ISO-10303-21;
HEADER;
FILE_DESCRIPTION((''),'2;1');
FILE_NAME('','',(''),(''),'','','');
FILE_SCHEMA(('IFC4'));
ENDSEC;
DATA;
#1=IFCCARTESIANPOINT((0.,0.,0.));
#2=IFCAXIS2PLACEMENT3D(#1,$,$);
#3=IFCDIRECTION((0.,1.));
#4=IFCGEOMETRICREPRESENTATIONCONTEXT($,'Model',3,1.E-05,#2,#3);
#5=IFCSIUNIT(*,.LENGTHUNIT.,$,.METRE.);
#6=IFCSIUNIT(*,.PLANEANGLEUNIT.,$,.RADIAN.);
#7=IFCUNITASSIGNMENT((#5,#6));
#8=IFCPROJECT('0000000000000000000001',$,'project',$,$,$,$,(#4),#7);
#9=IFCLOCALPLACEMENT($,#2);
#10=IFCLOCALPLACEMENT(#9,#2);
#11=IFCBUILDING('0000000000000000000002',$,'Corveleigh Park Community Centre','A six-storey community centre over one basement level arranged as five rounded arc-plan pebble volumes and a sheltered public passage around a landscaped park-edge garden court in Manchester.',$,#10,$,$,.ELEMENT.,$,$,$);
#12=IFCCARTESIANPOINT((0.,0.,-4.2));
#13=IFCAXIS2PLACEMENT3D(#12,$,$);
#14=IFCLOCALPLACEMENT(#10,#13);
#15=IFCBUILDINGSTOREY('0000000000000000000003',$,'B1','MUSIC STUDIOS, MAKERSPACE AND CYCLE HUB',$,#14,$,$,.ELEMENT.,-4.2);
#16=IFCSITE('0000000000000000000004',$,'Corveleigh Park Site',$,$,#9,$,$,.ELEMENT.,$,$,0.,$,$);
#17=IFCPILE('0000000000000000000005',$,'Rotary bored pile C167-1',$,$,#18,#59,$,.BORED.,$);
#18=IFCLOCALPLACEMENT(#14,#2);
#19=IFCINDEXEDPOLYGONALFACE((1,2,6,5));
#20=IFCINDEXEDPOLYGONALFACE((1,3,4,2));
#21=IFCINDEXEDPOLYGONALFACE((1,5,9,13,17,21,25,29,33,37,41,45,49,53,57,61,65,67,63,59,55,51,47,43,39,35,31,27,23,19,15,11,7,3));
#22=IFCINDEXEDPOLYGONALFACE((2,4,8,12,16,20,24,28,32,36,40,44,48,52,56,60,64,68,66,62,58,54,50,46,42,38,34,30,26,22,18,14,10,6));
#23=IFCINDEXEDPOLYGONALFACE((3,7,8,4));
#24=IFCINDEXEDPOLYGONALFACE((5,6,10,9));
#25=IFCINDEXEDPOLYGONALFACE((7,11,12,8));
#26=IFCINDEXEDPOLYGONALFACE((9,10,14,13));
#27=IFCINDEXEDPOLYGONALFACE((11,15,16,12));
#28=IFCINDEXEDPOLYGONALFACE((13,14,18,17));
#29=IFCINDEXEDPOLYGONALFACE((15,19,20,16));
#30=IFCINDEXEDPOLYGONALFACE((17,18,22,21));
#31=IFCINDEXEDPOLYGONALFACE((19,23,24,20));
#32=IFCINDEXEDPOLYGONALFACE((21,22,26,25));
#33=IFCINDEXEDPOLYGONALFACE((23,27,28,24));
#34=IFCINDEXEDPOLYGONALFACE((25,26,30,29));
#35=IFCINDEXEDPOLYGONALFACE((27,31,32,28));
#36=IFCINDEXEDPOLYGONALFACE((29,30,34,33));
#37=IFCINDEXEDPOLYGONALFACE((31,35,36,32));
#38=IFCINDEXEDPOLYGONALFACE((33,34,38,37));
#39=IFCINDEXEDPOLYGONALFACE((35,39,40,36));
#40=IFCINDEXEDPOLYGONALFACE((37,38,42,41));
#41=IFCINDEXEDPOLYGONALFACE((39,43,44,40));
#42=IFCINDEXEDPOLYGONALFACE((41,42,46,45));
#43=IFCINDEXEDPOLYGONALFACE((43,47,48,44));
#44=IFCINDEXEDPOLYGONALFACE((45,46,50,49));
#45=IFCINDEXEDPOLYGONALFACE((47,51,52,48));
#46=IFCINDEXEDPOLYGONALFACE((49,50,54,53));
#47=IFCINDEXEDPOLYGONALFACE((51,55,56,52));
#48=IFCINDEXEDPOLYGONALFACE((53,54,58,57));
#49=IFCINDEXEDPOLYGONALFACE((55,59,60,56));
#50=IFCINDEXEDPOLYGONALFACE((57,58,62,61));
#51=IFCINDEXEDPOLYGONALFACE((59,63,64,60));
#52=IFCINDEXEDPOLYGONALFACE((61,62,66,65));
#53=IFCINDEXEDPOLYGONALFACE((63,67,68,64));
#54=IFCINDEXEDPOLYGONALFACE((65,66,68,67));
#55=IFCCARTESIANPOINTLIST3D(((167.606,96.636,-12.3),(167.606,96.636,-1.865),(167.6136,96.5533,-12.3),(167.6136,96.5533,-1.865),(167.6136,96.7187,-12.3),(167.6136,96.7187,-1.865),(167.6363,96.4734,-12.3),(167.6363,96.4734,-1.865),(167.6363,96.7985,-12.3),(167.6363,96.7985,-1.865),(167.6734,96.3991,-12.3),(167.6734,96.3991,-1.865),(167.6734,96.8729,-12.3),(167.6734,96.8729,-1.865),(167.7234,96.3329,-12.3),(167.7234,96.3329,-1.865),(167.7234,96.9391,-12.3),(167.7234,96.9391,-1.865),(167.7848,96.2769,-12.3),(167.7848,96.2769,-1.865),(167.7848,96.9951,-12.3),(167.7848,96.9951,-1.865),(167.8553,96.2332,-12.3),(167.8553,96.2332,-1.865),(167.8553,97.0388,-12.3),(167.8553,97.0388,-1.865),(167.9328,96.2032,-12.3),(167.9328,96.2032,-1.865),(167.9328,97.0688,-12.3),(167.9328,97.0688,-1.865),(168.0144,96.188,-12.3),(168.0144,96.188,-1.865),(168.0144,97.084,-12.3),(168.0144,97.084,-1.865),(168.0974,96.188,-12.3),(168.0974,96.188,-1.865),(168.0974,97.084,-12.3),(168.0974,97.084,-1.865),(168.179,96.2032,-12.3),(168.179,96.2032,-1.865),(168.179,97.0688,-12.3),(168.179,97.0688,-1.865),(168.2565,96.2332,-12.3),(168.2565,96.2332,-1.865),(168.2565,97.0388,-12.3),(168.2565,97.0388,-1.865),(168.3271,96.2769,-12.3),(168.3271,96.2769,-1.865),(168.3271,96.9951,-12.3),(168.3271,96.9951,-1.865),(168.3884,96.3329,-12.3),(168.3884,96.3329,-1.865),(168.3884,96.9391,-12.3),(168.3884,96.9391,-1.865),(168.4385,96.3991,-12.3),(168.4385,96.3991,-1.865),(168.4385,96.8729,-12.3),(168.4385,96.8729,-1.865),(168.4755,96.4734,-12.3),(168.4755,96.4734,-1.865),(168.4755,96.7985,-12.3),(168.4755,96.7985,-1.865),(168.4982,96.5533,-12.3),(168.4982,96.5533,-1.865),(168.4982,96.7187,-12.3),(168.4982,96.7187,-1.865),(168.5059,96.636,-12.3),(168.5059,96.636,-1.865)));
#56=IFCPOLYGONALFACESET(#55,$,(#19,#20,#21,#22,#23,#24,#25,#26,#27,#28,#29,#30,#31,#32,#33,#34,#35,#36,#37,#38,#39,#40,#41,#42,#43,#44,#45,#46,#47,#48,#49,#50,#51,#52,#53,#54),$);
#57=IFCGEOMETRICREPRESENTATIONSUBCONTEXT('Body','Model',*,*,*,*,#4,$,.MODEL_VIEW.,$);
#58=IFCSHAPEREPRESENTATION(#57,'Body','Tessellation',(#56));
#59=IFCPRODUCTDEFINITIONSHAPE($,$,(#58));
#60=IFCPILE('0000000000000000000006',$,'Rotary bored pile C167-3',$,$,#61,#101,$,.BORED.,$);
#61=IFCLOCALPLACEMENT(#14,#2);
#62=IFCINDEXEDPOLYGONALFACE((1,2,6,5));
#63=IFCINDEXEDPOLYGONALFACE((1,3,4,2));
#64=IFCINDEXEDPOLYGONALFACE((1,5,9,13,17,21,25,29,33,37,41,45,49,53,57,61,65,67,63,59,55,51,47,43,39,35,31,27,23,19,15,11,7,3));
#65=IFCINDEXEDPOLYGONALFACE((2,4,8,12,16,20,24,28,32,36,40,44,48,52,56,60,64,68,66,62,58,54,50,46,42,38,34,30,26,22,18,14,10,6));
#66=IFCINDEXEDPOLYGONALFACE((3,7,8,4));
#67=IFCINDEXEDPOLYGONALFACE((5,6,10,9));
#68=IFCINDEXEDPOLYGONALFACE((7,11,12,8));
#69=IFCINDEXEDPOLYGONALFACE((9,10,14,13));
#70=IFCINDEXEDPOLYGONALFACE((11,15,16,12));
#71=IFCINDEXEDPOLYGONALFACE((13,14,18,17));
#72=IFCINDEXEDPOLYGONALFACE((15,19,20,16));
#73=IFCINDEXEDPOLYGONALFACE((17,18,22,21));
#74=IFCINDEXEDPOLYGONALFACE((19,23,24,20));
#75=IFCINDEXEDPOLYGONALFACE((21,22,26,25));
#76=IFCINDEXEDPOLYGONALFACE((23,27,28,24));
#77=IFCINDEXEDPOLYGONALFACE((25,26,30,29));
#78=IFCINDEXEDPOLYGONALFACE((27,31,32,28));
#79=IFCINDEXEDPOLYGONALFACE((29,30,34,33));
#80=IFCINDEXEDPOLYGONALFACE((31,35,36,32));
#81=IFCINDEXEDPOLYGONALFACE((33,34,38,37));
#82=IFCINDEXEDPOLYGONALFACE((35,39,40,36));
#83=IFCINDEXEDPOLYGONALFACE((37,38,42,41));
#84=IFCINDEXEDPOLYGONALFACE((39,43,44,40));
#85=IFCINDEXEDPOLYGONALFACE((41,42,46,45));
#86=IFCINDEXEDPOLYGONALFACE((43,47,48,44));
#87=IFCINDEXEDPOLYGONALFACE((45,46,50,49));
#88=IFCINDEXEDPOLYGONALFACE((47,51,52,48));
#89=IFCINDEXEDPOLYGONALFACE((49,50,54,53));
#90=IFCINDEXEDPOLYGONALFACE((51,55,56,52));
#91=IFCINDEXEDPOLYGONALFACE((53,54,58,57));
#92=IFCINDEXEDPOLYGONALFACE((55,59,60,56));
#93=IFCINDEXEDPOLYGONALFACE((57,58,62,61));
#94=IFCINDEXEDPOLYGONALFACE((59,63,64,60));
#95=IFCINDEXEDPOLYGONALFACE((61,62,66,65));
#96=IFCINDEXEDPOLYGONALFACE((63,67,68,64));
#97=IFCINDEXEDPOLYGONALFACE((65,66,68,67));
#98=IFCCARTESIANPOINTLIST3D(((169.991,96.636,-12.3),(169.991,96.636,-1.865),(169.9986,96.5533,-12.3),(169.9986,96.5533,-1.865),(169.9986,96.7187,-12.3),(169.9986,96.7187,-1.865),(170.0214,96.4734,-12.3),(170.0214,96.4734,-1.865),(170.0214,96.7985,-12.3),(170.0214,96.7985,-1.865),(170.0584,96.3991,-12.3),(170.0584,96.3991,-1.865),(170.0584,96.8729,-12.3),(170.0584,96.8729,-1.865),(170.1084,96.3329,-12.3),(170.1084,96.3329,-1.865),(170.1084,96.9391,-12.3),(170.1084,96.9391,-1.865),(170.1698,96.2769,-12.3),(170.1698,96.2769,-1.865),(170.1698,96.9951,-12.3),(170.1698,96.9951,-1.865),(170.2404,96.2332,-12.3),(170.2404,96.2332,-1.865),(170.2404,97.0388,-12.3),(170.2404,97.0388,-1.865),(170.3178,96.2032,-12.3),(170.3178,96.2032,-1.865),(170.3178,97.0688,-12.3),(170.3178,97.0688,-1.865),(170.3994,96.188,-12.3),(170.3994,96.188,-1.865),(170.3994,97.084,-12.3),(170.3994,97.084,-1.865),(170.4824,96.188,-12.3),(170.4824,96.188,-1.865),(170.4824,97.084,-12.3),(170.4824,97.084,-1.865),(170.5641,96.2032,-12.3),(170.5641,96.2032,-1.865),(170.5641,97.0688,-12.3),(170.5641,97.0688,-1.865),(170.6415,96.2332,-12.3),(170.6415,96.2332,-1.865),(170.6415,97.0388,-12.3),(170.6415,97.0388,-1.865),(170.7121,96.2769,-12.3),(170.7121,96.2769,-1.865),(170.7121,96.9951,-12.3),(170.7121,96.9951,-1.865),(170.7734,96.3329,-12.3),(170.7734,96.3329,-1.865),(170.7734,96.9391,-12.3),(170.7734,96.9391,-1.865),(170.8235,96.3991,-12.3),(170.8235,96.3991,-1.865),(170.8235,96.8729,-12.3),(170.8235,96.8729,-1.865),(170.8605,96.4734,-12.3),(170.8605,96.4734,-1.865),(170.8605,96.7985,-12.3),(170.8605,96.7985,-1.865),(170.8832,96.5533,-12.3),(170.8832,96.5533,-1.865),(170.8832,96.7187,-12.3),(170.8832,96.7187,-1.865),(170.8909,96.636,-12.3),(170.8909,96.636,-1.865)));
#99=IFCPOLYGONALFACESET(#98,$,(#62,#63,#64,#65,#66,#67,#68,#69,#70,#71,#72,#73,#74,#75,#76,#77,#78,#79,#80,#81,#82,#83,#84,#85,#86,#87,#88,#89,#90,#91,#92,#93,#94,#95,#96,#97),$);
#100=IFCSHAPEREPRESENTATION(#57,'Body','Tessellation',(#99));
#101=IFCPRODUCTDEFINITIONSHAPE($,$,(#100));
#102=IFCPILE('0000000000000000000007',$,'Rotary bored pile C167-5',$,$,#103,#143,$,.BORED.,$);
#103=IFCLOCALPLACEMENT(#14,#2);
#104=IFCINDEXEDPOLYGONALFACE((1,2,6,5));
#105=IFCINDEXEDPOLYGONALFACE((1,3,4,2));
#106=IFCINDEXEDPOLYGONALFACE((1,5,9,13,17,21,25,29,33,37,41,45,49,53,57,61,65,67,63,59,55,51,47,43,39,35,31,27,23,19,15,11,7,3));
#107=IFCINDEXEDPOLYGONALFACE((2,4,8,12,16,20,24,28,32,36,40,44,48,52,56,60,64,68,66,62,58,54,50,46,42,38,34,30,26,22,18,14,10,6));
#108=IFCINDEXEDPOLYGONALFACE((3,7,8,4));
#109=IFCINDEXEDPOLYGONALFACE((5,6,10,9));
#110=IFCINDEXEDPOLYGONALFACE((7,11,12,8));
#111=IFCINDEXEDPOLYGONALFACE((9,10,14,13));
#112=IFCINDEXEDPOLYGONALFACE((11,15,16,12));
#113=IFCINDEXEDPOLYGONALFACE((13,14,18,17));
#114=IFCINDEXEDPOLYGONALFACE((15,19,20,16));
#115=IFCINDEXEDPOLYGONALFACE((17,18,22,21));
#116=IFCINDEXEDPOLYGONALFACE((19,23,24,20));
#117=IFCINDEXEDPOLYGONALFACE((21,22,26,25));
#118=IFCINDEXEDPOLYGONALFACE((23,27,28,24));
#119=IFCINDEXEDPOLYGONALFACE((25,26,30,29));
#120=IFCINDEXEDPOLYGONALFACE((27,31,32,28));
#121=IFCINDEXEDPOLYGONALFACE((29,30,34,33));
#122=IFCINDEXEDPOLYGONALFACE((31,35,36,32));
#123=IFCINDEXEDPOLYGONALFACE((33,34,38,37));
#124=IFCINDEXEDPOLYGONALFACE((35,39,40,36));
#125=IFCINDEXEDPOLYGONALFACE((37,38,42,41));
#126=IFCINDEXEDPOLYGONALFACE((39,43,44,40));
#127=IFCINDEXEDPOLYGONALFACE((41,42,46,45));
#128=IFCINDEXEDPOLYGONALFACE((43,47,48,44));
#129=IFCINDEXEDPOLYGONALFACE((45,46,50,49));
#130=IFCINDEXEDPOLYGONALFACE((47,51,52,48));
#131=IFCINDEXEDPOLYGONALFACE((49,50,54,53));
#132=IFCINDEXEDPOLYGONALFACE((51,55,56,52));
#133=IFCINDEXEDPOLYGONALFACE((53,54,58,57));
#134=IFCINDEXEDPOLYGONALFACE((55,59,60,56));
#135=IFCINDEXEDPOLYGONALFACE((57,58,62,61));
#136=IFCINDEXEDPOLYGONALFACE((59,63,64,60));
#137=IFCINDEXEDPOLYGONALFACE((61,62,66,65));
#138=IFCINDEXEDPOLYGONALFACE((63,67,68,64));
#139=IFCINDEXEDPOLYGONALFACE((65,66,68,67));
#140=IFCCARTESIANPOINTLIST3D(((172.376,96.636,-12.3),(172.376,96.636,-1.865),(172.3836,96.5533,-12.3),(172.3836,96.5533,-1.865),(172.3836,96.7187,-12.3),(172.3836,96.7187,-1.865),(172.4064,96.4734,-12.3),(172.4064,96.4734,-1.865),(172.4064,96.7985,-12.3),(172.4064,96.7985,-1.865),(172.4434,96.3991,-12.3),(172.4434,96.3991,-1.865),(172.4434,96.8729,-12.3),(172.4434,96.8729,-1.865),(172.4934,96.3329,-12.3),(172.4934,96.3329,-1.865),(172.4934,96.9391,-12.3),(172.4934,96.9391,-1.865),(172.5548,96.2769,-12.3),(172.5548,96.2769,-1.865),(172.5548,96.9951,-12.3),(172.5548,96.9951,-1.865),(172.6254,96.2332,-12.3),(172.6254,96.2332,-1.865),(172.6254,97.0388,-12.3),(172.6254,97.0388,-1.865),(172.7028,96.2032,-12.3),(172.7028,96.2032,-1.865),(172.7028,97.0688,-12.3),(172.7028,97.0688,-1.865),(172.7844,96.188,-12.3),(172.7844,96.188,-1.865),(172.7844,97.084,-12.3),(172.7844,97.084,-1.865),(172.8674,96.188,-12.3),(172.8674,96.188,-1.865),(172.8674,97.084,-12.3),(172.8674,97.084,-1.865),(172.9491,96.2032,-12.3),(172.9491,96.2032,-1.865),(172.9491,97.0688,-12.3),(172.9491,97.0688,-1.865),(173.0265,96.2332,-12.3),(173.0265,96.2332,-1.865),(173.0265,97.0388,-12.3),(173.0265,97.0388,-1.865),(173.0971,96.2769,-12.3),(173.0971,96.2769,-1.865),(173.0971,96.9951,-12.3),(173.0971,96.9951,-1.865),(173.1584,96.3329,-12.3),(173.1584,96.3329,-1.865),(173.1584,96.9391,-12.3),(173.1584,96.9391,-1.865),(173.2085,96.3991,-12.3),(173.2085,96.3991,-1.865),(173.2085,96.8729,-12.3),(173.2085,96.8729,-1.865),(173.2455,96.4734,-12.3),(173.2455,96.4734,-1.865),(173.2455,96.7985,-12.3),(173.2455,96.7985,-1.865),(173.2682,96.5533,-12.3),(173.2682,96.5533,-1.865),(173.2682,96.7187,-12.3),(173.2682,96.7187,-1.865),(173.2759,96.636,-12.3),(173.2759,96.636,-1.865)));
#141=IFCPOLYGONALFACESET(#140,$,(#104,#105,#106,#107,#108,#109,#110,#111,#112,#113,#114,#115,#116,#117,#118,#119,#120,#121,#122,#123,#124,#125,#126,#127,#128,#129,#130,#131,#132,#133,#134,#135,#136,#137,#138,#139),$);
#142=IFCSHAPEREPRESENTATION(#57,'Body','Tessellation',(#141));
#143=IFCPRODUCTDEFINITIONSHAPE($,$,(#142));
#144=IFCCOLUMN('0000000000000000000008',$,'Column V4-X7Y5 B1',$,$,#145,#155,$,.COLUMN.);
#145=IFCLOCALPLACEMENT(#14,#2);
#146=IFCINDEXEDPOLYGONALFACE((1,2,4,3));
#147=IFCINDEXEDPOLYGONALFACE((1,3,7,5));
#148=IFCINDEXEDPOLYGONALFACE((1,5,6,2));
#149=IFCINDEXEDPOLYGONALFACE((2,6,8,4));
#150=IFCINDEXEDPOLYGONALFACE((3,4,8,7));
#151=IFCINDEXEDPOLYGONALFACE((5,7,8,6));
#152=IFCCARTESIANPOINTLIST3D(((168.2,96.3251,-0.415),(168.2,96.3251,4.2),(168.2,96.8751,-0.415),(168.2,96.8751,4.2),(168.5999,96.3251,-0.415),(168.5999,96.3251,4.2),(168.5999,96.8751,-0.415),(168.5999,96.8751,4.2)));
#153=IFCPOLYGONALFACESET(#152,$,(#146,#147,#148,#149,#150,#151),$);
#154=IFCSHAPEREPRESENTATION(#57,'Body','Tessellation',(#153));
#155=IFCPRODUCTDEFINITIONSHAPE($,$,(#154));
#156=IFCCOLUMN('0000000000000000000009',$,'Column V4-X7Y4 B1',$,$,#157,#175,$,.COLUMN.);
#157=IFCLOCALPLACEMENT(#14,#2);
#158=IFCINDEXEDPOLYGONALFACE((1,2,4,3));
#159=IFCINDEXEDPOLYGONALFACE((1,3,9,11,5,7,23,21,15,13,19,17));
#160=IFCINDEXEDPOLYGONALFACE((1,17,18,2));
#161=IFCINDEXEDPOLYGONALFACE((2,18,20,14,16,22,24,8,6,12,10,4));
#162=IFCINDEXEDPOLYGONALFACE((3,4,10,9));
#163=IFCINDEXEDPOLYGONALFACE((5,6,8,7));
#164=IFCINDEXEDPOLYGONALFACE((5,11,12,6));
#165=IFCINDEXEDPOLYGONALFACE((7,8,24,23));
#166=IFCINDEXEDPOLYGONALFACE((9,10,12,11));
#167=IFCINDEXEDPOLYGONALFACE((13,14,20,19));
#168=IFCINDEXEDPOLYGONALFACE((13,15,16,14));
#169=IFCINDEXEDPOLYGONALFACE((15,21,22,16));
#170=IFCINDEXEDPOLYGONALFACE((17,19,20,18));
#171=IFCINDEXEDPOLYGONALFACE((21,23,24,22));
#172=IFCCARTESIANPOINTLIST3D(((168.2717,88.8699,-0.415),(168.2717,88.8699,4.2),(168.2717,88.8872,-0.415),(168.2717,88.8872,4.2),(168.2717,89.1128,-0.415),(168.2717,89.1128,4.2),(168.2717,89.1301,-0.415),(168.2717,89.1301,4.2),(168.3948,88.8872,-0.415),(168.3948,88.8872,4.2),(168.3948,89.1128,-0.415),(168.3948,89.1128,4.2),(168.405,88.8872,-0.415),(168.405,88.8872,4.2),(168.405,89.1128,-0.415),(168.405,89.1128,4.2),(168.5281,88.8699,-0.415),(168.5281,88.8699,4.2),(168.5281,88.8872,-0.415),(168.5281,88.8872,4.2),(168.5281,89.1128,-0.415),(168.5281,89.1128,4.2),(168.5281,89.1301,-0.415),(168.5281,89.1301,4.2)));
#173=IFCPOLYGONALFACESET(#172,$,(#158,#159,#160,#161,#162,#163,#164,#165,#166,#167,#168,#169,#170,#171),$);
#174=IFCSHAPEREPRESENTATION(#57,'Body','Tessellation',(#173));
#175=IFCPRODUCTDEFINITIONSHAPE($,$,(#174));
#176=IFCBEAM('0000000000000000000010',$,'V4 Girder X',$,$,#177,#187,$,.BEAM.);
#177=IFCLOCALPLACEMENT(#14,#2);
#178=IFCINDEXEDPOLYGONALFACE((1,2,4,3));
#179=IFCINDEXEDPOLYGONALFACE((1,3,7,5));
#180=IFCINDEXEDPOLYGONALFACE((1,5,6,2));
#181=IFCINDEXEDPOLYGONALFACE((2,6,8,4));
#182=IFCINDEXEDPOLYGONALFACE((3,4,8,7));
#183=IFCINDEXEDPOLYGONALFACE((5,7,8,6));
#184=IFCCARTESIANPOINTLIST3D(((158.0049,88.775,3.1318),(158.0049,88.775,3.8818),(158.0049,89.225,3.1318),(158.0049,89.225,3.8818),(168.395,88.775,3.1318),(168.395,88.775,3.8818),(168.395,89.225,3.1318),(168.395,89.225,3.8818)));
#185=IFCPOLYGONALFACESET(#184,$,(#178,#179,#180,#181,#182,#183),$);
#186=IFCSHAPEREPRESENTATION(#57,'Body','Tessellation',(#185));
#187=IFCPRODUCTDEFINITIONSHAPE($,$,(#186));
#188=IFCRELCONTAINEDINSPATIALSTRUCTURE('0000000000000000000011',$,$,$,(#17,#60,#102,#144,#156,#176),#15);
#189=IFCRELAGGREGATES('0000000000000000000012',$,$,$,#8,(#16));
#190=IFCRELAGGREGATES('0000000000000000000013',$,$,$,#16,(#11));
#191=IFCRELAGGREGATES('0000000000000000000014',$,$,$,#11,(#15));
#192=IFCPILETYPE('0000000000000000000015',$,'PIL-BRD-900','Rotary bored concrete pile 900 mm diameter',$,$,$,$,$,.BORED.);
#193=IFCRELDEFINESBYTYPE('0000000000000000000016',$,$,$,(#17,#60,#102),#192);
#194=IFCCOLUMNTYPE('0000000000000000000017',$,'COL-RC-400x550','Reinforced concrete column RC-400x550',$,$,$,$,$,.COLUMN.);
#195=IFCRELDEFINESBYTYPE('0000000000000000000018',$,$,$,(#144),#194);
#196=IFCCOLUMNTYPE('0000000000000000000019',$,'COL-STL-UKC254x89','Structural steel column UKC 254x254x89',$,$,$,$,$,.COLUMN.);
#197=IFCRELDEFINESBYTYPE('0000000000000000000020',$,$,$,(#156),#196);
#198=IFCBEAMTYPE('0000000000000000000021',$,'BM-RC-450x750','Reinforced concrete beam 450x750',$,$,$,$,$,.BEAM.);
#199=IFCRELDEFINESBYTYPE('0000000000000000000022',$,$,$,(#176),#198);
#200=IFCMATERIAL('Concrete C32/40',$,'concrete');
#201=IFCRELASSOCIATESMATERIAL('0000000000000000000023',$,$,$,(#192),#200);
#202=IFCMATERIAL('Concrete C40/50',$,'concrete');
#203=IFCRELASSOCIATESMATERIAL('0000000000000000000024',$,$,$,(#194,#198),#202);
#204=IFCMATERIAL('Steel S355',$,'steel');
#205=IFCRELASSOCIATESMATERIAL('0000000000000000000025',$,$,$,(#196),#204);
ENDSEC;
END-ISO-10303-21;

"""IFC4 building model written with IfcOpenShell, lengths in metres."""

from ifc_helpers import new_model, si_unit, direction, frame, origin, origin_2d, place, context, subcontext, project, spatial, rectangle, circle, i_section, extrude, material, material_profile, profile_set, type_object, element, save


model = new_model("IFC4")

# Units and contexts
model_context = context("Model", 3, precision=1e-05, world=origin(), true_north=direction((0.0, 1.0)))
body_context = subcontext(model_context, "Body", "Model", "MODEL_VIEW")
ifc_project = project(units=[si_unit("LENGTHUNIT", "METRE"), si_unit("PLANEANGLEUNIT", "RADIAN")], contexts=[model_context])

# Site, building, storey
site_placement = place(None, origin())
site = spatial("IfcSite", under=ifc_project, at=site_placement, Name="Corveleigh Park Site", CompositionType="ELEMENT", RefElevation=0.0)
building_placement = place(site_placement, origin())
building = spatial("IfcBuilding", under=site, at=building_placement, Name="Corveleigh Park Community Centre", Description="A six-storey community centre over one basement level arranged as five rounded arc-plan pebble volumes and a sheltered public passage around a landscaped park-edge garden court in Manchester.", CompositionType="ELEMENT")
storey_placement = place(building_placement, frame((0.0, 0.0, -4.2)))
storey = spatial("IfcBuildingStorey", under=building, at=storey_placement, Name="B1", Description="MUSIC STUDIOS, MAKERSPACE AND CYCLE HUB", CompositionType="ELEMENT", Elevation=-4.2)

# Shared definitions
ifc_material_1 = material(Name="Concrete C40/50", Category="concrete")

# Piles
ifc_material_2 = material(Name="Concrete C32/40", Category="concrete")
ifc_material_profile_1 = material_profile(ifc_material_2, circle(Radius=0.45, at=origin_2d()), Name="BORED-PILE-900", Category="concrete")
ifc_profile_set_1 = profile_set([ifc_material_profile_1], Name="Concrete C32/40")
pile_type = type_object("IfcPileType", Name="PIL-BRD-900", Description="Rotary bored concrete pile 900 mm diameter", PredefinedType="BORED", material=ifc_profile_set_1)
for number, where, z_axis, x_axis, name in (
    (1, (168.0559, 96.636, -1.865), (0.0, 0.0, -1.0), (1.0, 0.0, 0.0), "Rotary bored pile C167-1"),
    (2, (170.4409, 96.636, -1.865), (0.0, 0.0, -1.0), (1.0, 0.0, 0.0), "Rotary bored pile C167-3"),
    (3, (172.8259, 96.636, -1.865), (0.0, 0.0, -1.0), (1.0, 0.0, 0.0), "Rotary bored pile C167-5"),
):
    element("IfcPile", number, at=place(storey_placement, frame(where, z_axis=z_axis, x_axis=x_axis)), inside=storey, type_object=pile_type, Name=name, PredefinedType="BORED", context=body_context, shape_type="SweptSolid", body=[
        extrude(circle(Radius=0.45, at=origin_2d()), origin(), (0.0, 0.0, 1.0), 10.4351),
    ])

# Columns
ifc_material_profile_2 = material_profile(ifc_material_1, rectangle(XDim=0.3999, YDim=0.55, at=origin_2d()), Name="RC-400x550", Category="concrete")
ifc_profile_set_2 = profile_set([ifc_material_profile_2], Name="Concrete C40/50")
column_type_1 = type_object("IfcColumnType", Name="COL-RC-400x550", Description="Reinforced concrete column RC-400x550", PredefinedType="COLUMN", material=ifc_profile_set_2)
column_1_placement = place(storey_placement, frame((168.3999, 96.6001, -0.415), z_axis=(0.0, 0.0, 1.0), x_axis=(1.0, 0.0, 0.0)))
element("IfcColumn", 4, at=column_1_placement, inside=storey, type_object=column_type_1, Name="Column V4-X7Y5 B1", PredefinedType="COLUMN", context=body_context, shape_type="SweptSolid", body=[
    extrude(rectangle(XDim=0.3999, YDim=0.55, at=origin_2d()), origin(), (0.0, 0.0, 1.0), 4.615),
])
ifc_material_3 = material(Name="Steel S355", Category="steel")
ifc_material_profile_3 = material_profile(ifc_material_3, i_section(OverallWidth=0.2563, OverallDepth=0.2603, WebThickness=0.0103, FlangeThickness=0.0173, at=origin_2d()), Name="UKC 254x254x89", Category="steel")
ifc_profile_set_3 = profile_set([ifc_material_profile_3], Name="Steel S355")
column_type_2 = type_object("IfcColumnType", Name="COL-STL-UKC254x89", Description="Structural steel column UKC 254x254x89", PredefinedType="COLUMN", material=ifc_profile_set_3)
column_2_placement = place(storey_placement, frame((168.3999, 89.0, -0.415), z_axis=(0.0, 0.0, 1.0), x_axis=(1.0, 0.0, 0.0)))
element("IfcColumn", 5, at=column_2_placement, inside=storey, type_object=column_type_2, Name="Column V4-X7Y4 B1", PredefinedType="COLUMN", context=body_context, shape_type="SweptSolid", body=[
    extrude(i_section(OverallWidth=0.2563, OverallDepth=0.2603, WebThickness=0.0103, FlangeThickness=0.0173, at=origin_2d()), origin(), (0.0, 0.0, 1.0), 4.615),
])

# Beam
ifc_material_profile_4 = material_profile(ifc_material_1, rectangle(XDim=0.45, YDim=0.75, at=origin_2d()), Name="RC-450x750", Category="concrete")
ifc_profile_set_4 = profile_set([ifc_material_profile_4], Name="Concrete C40/50")
beam_type_1 = type_object("IfcBeamType", Name="BM-RC-450x750", Description="Reinforced concrete beam 450x750", PredefinedType="BEAM", material=ifc_profile_set_4)
beam_1_placement = place(storey_placement, frame((158.0049, 89.0, 3.5068), z_axis=(1.0, 0.0, 0.0), x_axis=(0.0, 1.0, 0.0)))
element("IfcBeam", 6, at=beam_1_placement, inside=storey, type_object=beam_type_1, Name="V4 Girder X", PredefinedType="BEAM", context=body_context, shape_type="SweptSolid", body=[
    extrude(rectangle(XDim=0.45, YDim=0.75, at=origin_2d()), origin(), (0.0, 0.0, 1.0), 10.3901),
])

save(model, "model.ifc")
